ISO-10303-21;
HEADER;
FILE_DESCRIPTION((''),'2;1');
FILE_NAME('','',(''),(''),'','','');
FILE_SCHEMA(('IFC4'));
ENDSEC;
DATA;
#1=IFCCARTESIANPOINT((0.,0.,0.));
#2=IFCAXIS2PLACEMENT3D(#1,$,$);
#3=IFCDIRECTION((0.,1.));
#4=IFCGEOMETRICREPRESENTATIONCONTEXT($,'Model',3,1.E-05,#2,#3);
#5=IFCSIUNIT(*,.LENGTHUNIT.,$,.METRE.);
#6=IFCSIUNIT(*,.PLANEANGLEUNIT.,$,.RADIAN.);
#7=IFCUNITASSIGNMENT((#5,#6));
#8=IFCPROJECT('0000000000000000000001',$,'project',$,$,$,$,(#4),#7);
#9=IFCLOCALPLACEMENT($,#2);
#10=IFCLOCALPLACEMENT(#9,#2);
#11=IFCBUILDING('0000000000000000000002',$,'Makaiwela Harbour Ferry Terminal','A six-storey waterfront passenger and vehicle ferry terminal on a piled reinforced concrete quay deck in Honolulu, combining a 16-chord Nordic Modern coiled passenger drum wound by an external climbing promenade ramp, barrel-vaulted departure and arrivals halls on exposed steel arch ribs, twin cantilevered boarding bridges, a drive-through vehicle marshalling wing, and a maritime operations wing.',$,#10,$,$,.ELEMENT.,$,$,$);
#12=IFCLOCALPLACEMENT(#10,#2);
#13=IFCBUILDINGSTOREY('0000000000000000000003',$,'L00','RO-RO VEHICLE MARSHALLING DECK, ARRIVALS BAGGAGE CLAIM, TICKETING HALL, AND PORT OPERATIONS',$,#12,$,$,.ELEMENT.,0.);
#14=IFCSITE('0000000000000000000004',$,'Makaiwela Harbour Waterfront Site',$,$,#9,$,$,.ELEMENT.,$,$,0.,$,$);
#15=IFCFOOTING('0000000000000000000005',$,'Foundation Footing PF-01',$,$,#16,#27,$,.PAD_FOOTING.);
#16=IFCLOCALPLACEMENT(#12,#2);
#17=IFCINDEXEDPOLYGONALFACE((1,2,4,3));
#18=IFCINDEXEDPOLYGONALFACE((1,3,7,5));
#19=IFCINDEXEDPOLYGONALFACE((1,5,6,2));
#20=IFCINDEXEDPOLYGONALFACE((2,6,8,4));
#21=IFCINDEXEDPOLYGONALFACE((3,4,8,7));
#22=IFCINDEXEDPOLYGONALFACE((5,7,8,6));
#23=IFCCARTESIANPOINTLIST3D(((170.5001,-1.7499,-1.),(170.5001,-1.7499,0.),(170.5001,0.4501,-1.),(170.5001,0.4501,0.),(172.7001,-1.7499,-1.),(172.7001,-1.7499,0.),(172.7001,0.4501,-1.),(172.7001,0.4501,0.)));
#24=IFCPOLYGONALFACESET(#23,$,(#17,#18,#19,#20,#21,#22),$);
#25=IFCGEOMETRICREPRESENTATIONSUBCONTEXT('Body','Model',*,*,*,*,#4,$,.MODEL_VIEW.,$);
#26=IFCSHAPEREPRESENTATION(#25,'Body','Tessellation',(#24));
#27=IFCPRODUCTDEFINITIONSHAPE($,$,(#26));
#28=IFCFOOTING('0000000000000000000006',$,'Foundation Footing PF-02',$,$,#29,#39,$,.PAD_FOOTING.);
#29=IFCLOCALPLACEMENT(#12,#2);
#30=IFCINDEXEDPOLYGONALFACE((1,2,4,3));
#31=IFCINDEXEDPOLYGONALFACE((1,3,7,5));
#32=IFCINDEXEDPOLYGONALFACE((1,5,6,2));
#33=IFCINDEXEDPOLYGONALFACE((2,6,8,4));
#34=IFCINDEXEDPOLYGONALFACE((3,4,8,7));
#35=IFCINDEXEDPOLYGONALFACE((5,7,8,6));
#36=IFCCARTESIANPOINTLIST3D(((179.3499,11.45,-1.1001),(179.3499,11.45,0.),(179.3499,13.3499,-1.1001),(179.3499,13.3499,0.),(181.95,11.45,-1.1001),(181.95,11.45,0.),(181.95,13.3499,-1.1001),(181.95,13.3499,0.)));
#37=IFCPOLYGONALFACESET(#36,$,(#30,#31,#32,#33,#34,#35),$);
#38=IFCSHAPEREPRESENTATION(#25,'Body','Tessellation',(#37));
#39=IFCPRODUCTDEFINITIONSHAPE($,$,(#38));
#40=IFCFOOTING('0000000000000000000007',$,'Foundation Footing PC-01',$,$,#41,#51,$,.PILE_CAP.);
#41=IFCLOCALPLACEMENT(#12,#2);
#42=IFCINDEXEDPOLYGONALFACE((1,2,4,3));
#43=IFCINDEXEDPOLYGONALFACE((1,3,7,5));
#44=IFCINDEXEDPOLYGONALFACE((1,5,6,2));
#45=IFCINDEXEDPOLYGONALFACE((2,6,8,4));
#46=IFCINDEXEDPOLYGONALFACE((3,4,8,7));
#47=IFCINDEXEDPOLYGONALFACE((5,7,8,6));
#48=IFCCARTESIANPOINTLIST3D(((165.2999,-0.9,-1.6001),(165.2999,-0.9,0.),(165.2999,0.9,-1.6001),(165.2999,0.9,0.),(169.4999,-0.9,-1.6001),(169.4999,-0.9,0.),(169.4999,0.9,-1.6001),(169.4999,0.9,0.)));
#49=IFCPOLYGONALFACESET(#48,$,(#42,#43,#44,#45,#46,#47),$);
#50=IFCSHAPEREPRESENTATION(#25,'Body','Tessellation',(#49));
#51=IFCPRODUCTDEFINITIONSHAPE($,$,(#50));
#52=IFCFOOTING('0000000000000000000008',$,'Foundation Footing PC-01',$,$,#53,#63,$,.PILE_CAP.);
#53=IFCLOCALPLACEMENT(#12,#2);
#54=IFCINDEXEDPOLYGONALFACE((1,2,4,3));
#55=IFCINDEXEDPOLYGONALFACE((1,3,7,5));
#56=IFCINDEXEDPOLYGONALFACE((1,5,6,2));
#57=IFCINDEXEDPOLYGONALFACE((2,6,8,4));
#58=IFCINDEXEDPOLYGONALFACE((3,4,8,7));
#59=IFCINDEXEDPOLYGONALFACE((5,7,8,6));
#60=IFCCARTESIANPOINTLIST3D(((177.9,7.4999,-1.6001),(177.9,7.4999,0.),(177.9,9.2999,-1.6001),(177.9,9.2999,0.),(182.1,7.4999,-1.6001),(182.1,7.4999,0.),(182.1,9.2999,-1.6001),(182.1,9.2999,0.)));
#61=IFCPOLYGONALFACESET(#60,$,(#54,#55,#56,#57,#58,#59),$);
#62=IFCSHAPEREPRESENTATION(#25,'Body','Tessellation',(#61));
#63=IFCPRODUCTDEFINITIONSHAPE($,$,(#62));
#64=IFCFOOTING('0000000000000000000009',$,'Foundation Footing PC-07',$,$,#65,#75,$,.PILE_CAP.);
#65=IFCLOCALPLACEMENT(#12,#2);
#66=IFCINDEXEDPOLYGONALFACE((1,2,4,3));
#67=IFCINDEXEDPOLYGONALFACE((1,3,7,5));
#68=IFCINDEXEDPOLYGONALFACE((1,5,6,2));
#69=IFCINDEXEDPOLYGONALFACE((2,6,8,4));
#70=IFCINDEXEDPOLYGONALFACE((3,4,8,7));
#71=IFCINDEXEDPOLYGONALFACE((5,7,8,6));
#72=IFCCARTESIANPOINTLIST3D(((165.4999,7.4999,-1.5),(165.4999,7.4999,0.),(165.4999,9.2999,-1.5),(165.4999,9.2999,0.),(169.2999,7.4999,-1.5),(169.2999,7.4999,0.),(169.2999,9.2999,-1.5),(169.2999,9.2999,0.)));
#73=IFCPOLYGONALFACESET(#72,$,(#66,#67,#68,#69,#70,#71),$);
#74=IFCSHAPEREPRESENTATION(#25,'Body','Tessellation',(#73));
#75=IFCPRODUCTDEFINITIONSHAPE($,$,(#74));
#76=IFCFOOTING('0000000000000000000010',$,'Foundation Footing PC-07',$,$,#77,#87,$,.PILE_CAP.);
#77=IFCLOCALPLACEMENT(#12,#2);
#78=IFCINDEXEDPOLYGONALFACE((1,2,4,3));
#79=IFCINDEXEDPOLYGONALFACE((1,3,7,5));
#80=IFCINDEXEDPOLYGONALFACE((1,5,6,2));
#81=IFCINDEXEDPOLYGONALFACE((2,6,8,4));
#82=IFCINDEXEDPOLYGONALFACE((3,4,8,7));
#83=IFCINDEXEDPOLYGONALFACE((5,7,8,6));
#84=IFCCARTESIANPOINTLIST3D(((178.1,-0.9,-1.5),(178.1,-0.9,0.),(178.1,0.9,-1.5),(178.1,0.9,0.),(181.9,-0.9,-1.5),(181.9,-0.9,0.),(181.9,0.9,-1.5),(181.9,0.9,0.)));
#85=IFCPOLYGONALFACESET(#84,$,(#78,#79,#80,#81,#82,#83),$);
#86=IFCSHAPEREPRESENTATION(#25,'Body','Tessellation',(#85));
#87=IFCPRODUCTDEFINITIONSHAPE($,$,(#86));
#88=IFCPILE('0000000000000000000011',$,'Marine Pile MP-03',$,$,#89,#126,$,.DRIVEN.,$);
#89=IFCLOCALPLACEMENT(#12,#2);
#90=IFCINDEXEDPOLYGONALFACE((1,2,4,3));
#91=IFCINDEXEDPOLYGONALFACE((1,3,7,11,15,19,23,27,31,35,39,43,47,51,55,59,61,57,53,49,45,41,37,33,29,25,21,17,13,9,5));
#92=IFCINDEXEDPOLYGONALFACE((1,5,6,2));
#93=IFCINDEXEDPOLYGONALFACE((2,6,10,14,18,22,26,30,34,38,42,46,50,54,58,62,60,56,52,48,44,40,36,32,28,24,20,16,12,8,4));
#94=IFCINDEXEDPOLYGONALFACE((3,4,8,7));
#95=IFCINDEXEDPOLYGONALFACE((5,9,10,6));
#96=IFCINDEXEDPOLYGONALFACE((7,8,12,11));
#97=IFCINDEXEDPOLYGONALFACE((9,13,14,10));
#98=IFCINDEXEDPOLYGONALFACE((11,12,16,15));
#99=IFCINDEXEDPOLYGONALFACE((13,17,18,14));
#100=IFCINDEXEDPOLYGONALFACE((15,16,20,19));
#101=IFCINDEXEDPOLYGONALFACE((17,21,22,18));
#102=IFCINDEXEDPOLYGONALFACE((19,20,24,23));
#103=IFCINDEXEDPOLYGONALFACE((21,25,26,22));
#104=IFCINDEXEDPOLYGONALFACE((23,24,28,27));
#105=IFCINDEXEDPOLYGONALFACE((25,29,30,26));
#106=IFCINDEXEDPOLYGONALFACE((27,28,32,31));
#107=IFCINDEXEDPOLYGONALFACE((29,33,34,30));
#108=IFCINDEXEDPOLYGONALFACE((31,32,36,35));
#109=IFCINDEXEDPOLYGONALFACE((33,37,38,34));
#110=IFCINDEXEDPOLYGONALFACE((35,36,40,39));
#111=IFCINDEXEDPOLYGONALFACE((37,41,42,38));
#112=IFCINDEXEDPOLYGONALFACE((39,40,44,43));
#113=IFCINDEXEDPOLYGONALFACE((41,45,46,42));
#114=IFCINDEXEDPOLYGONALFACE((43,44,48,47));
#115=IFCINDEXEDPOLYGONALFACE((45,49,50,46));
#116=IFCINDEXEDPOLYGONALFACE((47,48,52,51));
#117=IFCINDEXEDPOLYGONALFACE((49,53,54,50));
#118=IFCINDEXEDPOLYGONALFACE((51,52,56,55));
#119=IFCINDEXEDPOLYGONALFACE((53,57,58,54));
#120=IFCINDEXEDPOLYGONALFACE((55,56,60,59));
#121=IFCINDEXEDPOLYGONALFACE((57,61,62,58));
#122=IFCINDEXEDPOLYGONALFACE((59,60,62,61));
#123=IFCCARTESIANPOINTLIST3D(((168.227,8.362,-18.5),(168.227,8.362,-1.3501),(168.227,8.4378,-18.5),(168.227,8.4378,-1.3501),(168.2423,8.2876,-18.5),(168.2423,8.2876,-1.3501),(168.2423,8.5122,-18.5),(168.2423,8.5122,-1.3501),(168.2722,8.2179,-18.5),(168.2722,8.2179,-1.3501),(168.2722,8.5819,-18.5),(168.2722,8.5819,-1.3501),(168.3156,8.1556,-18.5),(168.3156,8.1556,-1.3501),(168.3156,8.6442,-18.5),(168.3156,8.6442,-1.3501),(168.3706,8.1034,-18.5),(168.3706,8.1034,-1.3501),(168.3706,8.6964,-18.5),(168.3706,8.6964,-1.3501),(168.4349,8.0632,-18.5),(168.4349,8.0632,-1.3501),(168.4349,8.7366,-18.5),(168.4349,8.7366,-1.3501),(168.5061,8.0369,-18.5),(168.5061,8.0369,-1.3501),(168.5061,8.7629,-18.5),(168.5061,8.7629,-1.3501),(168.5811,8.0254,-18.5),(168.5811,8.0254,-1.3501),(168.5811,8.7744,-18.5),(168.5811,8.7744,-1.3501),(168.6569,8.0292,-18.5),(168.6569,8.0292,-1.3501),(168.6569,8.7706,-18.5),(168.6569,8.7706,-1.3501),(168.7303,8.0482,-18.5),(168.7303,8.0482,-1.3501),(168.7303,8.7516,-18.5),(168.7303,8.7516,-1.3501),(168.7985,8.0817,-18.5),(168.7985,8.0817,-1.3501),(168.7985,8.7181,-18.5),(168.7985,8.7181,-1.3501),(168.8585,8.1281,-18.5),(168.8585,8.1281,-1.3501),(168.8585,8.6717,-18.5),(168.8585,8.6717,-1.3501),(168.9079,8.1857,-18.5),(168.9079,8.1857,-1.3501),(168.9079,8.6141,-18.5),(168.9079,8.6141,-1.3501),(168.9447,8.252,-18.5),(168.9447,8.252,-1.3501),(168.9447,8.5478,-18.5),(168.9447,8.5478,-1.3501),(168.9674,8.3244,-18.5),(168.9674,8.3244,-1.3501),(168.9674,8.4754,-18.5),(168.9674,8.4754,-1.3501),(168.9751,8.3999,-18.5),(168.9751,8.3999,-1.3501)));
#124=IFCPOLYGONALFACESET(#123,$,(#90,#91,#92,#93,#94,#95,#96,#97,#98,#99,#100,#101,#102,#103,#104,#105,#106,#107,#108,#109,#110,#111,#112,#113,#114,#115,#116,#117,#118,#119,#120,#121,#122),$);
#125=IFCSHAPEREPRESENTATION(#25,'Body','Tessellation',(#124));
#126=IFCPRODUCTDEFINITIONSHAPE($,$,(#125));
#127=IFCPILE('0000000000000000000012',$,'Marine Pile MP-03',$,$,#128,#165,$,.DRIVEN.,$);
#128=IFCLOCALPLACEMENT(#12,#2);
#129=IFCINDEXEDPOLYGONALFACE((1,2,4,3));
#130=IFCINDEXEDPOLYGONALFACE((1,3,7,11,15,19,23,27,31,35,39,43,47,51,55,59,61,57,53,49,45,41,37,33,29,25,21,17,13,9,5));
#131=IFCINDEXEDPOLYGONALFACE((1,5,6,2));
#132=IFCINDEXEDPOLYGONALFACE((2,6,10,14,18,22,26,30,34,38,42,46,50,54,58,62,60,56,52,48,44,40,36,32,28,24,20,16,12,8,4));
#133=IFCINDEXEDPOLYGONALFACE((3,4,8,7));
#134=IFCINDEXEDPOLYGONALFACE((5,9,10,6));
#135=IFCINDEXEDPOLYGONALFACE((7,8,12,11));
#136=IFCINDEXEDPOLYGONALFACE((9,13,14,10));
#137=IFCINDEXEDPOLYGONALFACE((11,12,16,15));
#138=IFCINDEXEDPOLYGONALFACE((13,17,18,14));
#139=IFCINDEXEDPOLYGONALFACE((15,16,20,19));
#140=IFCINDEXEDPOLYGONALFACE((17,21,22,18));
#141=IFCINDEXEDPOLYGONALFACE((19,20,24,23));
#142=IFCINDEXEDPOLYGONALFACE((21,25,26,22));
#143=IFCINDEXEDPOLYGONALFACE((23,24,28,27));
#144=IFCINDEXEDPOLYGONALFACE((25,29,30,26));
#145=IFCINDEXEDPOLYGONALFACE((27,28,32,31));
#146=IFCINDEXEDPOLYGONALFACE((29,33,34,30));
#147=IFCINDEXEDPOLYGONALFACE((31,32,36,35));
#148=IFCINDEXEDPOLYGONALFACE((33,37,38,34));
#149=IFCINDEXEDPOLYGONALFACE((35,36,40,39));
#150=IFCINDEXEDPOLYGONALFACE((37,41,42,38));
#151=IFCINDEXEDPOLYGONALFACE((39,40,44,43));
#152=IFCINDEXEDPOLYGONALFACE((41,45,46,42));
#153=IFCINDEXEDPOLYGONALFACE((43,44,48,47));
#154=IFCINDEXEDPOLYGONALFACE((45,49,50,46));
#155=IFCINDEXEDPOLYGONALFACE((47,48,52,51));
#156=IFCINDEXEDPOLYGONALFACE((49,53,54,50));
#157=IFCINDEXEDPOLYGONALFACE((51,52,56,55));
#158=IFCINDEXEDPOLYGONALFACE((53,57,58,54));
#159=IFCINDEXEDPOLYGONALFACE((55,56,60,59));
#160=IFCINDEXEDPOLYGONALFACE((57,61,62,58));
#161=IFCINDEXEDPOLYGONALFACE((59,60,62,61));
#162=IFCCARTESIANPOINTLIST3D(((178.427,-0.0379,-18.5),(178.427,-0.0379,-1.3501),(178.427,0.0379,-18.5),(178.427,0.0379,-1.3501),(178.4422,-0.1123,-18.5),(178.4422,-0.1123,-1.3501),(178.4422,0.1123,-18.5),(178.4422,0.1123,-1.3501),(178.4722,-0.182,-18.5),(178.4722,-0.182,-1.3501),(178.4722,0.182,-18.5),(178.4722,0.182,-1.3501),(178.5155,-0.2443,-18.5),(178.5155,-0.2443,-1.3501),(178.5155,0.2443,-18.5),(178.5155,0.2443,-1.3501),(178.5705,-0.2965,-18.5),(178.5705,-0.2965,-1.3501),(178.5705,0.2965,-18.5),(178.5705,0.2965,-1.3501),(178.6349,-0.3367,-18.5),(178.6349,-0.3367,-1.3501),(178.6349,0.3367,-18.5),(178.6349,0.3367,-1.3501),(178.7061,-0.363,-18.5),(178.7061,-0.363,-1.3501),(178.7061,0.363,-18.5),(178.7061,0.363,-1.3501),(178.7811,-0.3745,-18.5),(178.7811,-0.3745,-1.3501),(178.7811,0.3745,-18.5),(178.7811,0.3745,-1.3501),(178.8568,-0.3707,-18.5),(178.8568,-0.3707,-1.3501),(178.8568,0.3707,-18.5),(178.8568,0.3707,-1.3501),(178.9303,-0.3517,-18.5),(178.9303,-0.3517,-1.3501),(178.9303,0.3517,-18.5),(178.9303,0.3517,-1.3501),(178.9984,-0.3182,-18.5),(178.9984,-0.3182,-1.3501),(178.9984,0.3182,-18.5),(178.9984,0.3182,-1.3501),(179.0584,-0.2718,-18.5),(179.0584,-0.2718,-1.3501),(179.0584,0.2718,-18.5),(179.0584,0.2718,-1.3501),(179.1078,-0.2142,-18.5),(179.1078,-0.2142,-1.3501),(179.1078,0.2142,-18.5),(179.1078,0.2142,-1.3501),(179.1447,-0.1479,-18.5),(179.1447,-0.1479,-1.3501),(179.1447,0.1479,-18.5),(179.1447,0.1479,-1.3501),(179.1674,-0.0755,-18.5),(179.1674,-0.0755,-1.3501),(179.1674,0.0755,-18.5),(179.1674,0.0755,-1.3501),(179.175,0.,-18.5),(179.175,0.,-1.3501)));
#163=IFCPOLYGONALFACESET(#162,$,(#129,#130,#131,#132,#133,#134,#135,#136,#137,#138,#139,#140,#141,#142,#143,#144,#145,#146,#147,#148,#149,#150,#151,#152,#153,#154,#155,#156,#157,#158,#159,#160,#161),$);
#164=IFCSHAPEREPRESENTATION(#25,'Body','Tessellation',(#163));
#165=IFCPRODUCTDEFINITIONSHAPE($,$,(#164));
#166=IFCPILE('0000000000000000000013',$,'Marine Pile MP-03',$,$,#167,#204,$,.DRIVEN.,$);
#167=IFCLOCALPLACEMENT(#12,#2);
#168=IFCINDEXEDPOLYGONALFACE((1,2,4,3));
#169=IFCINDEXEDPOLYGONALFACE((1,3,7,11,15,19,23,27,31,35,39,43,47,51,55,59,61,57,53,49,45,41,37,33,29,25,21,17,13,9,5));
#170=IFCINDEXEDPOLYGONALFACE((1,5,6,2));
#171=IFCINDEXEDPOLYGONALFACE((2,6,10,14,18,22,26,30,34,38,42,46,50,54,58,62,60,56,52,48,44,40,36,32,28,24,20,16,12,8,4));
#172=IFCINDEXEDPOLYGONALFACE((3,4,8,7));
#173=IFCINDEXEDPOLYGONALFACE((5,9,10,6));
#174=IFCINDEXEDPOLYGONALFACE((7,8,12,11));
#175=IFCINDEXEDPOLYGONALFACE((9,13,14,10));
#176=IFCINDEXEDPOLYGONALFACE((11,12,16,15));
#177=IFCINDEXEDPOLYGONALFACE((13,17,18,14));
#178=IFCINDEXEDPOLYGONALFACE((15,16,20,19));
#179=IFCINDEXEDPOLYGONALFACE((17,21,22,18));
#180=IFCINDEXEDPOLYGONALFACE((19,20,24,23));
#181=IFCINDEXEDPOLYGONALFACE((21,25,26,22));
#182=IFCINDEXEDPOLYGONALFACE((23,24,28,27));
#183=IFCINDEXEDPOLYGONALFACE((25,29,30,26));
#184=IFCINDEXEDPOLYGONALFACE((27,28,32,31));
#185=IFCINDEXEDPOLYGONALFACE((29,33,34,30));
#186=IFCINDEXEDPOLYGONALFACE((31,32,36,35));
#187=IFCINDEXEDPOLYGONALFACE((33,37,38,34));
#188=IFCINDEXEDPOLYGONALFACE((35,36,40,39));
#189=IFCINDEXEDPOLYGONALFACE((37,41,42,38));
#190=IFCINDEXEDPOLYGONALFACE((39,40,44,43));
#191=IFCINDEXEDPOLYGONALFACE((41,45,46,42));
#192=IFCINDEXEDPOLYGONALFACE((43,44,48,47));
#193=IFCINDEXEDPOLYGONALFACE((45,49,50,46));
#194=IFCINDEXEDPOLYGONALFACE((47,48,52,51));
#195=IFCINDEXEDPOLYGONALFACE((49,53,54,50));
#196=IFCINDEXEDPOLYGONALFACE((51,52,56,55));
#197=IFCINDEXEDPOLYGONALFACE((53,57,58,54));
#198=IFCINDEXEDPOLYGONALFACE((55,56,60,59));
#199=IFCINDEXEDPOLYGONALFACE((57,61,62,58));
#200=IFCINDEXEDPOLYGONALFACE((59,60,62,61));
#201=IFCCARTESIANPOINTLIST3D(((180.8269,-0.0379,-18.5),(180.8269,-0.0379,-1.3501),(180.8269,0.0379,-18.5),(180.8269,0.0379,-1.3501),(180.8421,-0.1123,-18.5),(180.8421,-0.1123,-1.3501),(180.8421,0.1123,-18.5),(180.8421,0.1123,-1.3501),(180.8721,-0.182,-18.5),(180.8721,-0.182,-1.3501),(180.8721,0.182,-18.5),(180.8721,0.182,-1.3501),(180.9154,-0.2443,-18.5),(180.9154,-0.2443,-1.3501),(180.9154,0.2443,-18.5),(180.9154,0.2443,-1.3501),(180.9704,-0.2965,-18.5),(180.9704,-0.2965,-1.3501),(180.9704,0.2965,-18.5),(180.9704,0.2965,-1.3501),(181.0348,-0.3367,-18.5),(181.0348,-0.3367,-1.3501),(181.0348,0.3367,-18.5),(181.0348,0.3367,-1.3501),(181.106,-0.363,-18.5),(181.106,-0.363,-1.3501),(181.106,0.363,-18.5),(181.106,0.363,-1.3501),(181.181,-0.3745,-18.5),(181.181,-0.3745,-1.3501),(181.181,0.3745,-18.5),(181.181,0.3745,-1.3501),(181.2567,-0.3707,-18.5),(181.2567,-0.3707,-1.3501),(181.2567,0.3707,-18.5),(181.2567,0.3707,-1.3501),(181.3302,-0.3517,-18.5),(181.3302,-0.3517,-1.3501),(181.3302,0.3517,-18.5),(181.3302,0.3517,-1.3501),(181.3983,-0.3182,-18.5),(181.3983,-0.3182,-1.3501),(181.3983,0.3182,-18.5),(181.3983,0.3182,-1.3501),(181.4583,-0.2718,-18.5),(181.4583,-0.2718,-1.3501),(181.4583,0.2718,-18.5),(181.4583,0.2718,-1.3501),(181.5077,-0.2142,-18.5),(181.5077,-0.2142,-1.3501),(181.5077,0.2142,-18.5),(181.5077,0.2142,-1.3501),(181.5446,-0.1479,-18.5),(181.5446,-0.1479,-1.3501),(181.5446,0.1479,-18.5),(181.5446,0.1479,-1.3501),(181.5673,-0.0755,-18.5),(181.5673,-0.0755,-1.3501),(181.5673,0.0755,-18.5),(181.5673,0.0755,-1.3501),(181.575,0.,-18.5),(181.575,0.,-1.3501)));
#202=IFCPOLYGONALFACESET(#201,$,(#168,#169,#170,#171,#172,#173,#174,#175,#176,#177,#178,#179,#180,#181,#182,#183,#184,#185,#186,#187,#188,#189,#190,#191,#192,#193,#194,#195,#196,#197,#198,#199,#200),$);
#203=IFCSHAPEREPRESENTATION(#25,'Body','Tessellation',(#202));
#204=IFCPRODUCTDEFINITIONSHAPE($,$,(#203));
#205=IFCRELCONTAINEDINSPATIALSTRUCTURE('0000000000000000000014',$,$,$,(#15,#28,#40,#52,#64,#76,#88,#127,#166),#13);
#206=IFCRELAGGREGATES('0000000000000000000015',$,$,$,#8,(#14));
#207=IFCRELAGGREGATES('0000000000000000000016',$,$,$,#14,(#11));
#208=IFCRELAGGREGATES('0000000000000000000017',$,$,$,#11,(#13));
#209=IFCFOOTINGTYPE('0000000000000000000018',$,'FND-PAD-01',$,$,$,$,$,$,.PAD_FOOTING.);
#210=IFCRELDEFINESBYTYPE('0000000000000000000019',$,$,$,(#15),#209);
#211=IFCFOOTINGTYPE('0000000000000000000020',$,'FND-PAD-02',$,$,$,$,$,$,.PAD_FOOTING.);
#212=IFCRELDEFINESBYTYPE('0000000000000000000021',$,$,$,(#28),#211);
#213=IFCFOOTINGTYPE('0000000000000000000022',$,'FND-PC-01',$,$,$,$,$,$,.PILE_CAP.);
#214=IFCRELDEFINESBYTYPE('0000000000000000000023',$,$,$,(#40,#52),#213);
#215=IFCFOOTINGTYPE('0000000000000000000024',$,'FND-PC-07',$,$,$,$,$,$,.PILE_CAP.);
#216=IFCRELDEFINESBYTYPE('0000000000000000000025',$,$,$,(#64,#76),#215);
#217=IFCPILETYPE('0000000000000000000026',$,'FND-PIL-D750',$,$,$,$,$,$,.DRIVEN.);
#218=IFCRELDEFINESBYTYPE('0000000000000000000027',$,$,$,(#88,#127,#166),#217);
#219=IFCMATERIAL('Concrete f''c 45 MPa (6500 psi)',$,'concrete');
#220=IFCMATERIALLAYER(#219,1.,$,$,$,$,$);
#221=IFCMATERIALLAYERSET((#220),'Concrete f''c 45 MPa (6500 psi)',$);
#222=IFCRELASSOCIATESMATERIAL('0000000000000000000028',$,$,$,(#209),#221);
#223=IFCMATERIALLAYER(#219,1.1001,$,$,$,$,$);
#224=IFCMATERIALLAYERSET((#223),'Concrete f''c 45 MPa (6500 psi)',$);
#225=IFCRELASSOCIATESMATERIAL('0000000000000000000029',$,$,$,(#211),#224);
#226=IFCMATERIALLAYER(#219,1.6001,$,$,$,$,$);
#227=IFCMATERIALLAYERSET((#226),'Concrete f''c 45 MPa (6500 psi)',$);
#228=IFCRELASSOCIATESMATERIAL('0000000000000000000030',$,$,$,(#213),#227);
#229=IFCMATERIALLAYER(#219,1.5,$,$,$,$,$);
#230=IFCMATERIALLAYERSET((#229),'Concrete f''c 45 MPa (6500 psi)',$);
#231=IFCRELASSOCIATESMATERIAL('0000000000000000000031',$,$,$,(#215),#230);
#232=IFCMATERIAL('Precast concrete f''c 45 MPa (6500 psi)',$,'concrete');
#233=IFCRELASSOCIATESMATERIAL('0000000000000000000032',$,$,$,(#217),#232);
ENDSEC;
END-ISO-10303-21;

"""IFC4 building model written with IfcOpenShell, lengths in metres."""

from ifc_helpers import new_model, si_unit, direction, frame, origin, origin_2d, place, context, subcontext, project, spatial, rectangle, circle, extrude, material, layer, layer_set, material_profile, profile_set, type_object, element, save


model = new_model("IFC4")

# Units and contexts
model_context = context("Model", 3, precision=1e-05, world=origin(), true_north=direction((0.0, 1.0)))
body_context = subcontext(model_context, "Body", "Model", "MODEL_VIEW")
ifc_project = project(units=[si_unit("LENGTHUNIT", "METRE"), si_unit("PLANEANGLEUNIT", "RADIAN")], contexts=[model_context])

# Site, building, storey
site_placement = place(None, origin())
site = spatial("IfcSite", under=ifc_project, at=site_placement, Name="Makaiwela Harbour Waterfront Site", CompositionType="ELEMENT", RefElevation=0.0)
building_placement = place(site_placement, origin())
building = spatial("IfcBuilding", under=site, at=building_placement, Name="Makaiwela Harbour Ferry Terminal", Description="A six-storey waterfront passenger and vehicle ferry terminal on a piled reinforced concrete quay deck in Honolulu, combining a 16-chord Nordic Modern coiled passenger drum wound by an external climbing promenade ramp, barrel-vaulted departure and arrivals halls on exposed steel arch ribs, twin cantilevered boarding bridges, a drive-through vehicle marshalling wing, and a maritime operations wing.", CompositionType="ELEMENT")
storey_placement = place(building_placement, origin())
storey = spatial("IfcBuildingStorey", under=building, at=storey_placement, Name="L00", Description="RO-RO VEHICLE MARSHALLING DECK, ARRIVALS BAGGAGE CLAIM, TICKETING HALL, AND PORT OPERATIONS", CompositionType="ELEMENT", Elevation=0.0)

# Footings
ifc_material_1 = material(Name="Concrete f'c 45 MPa (6500 psi)", Category="concrete")
ifc_layer_1 = layer(ifc_material_1, 1.0)
ifc_layer_set_1 = layer_set([ifc_layer_1], Name="Concrete f'c 45 MPa (6500 psi)")
footing_type_1 = type_object("IfcFootingType", Name="FND-PAD-01", PredefinedType="PAD_FOOTING", material=ifc_layer_set_1)
footing_1_placement = place(storey_placement, frame((171.6001, -0.6499, -1.0), z_axis=(0.0, 0.0, 1.0), x_axis=(1.0, 0.0, 0.0)))
element("IfcFooting", 1, at=footing_1_placement, inside=storey, type_object=footing_type_1, Name="Foundation Footing PF-01", PredefinedType="PAD_FOOTING", context=body_context, shape_type="SweptSolid", body=[
    extrude(rectangle(XDim=2.2, YDim=2.2, at=origin_2d()), origin(), (0.0, 0.0, 1.0), 1.0),
])
ifc_layer_2 = layer(ifc_material_1, 1.1001)
ifc_layer_set_2 = layer_set([ifc_layer_2], Name="Concrete f'c 45 MPa (6500 psi)")
footing_type_2 = type_object("IfcFootingType", Name="FND-PAD-02", PredefinedType="PAD_FOOTING", material=ifc_layer_set_2)
footing_2_placement = place(storey_placement, frame((180.6499, 12.3999, -1.1001), z_axis=(0.0, 0.0, 1.0), x_axis=(1.0, 0.0, 0.0)))
element("IfcFooting", 2, at=footing_2_placement, inside=storey, type_object=footing_type_2, Name="Foundation Footing PF-02", PredefinedType="PAD_FOOTING", context=body_context, shape_type="SweptSolid", body=[
    extrude(rectangle(XDim=2.6001, YDim=1.8999, at=origin_2d()), origin(), (0.0, 0.0, 1.0), 1.1001),
])
ifc_layer_3 = layer(ifc_material_1, 1.6001)
ifc_layer_set_3 = layer_set([ifc_layer_3], Name="Concrete f'c 45 MPa (6500 psi)")
footing_type_3 = type_object("IfcFootingType", Name="FND-PC-01", PredefinedType="PILE_CAP", material=ifc_layer_set_3)
for number, where, z_axis, x_axis, name in (
    (3, (167.3999, 0.0, -1.6001), (0.0, 0.0, 1.0), (1.0, 0.0, 0.0), "Foundation Footing PC-01"),
    (4, (180.0, 8.3999, -1.6001), (0.0, 0.0, 1.0), (1.0, 0.0, 0.0), "Foundation Footing PC-01"),
):
    element("IfcFooting", number, at=place(storey_placement, frame(where, z_axis=z_axis, x_axis=x_axis)), inside=storey, type_object=footing_type_3, Name=name, PredefinedType="PILE_CAP", context=body_context, shape_type="SweptSolid", body=[
        extrude(rectangle(XDim=4.2, YDim=1.8, at=origin_2d()), origin(), (0.0, 0.0, 1.0), 1.6001),
    ])
ifc_layer_4 = layer(ifc_material_1, 1.5)
ifc_layer_set_4 = layer_set([ifc_layer_4], Name="Concrete f'c 45 MPa (6500 psi)")
footing_type_4 = type_object("IfcFootingType", Name="FND-PC-07", PredefinedType="PILE_CAP", material=ifc_layer_set_4)
for number, where, z_axis, x_axis, name in (
    (5, (167.3999, 8.3999, -1.5), (0.0, 0.0, 1.0), (1.0, 0.0, 0.0), "Foundation Footing PC-07"),
    (6, (180.0, 0.0, -1.5), (0.0, 0.0, 1.0), (1.0, 0.0, 0.0), "Foundation Footing PC-07"),
):
    element("IfcFooting", number, at=place(storey_placement, frame(where, z_axis=z_axis, x_axis=x_axis)), inside=storey, type_object=footing_type_4, Name=name, PredefinedType="PILE_CAP", context=body_context, shape_type="SweptSolid", body=[
        extrude(rectangle(XDim=3.8, YDim=1.8, at=origin_2d()), origin(), (0.0, 0.0, 1.0), 1.5),
    ])

# Piles
ifc_material_2 = material(Name="Precast concrete f'c 45 MPa (6500 psi)", Category="concrete")
ifc_material_profile_1 = material_profile(ifc_material_2, circle(Radius=0.375, at=origin_2d()), Name="PILE-D750")
ifc_profile_set_1 = profile_set([ifc_material_profile_1], Name="Precast concrete f'c 45 MPa (6500 psi)")
pile_type_1 = type_object("IfcPileType", Name="FND-PIL-D750", PredefinedType="DRIVEN", material=ifc_profile_set_1)
for number, where, z_axis, x_axis, name in (
    (7, (168.6001, 8.3999, -1.3501), (0.0, 0.0, -1.0), (1.0, 0.0, 0.0), "Marine Pile MP-03"),
    (8, (178.8, 0.0, -1.3501), (0.0, 0.0, -1.0), (1.0, 0.0, 0.0), "Marine Pile MP-03"),
    (9, (181.2, 0.0, -1.3501), (0.0, 0.0, -1.0), (1.0, 0.0, 0.0), "Marine Pile MP-03"),
):
    element("IfcPile", number, at=place(storey_placement, frame(where, z_axis=z_axis, x_axis=x_axis)), inside=storey, type_object=pile_type_1, Name=name, PredefinedType="DRIVEN", context=body_context, shape_type="SweptSolid", body=[
        extrude(circle(Radius=0.375, at=origin_2d()), origin(), (0.0, 0.0, 1.0), 17.1499),
    ])

save(model, "model.ifc")
